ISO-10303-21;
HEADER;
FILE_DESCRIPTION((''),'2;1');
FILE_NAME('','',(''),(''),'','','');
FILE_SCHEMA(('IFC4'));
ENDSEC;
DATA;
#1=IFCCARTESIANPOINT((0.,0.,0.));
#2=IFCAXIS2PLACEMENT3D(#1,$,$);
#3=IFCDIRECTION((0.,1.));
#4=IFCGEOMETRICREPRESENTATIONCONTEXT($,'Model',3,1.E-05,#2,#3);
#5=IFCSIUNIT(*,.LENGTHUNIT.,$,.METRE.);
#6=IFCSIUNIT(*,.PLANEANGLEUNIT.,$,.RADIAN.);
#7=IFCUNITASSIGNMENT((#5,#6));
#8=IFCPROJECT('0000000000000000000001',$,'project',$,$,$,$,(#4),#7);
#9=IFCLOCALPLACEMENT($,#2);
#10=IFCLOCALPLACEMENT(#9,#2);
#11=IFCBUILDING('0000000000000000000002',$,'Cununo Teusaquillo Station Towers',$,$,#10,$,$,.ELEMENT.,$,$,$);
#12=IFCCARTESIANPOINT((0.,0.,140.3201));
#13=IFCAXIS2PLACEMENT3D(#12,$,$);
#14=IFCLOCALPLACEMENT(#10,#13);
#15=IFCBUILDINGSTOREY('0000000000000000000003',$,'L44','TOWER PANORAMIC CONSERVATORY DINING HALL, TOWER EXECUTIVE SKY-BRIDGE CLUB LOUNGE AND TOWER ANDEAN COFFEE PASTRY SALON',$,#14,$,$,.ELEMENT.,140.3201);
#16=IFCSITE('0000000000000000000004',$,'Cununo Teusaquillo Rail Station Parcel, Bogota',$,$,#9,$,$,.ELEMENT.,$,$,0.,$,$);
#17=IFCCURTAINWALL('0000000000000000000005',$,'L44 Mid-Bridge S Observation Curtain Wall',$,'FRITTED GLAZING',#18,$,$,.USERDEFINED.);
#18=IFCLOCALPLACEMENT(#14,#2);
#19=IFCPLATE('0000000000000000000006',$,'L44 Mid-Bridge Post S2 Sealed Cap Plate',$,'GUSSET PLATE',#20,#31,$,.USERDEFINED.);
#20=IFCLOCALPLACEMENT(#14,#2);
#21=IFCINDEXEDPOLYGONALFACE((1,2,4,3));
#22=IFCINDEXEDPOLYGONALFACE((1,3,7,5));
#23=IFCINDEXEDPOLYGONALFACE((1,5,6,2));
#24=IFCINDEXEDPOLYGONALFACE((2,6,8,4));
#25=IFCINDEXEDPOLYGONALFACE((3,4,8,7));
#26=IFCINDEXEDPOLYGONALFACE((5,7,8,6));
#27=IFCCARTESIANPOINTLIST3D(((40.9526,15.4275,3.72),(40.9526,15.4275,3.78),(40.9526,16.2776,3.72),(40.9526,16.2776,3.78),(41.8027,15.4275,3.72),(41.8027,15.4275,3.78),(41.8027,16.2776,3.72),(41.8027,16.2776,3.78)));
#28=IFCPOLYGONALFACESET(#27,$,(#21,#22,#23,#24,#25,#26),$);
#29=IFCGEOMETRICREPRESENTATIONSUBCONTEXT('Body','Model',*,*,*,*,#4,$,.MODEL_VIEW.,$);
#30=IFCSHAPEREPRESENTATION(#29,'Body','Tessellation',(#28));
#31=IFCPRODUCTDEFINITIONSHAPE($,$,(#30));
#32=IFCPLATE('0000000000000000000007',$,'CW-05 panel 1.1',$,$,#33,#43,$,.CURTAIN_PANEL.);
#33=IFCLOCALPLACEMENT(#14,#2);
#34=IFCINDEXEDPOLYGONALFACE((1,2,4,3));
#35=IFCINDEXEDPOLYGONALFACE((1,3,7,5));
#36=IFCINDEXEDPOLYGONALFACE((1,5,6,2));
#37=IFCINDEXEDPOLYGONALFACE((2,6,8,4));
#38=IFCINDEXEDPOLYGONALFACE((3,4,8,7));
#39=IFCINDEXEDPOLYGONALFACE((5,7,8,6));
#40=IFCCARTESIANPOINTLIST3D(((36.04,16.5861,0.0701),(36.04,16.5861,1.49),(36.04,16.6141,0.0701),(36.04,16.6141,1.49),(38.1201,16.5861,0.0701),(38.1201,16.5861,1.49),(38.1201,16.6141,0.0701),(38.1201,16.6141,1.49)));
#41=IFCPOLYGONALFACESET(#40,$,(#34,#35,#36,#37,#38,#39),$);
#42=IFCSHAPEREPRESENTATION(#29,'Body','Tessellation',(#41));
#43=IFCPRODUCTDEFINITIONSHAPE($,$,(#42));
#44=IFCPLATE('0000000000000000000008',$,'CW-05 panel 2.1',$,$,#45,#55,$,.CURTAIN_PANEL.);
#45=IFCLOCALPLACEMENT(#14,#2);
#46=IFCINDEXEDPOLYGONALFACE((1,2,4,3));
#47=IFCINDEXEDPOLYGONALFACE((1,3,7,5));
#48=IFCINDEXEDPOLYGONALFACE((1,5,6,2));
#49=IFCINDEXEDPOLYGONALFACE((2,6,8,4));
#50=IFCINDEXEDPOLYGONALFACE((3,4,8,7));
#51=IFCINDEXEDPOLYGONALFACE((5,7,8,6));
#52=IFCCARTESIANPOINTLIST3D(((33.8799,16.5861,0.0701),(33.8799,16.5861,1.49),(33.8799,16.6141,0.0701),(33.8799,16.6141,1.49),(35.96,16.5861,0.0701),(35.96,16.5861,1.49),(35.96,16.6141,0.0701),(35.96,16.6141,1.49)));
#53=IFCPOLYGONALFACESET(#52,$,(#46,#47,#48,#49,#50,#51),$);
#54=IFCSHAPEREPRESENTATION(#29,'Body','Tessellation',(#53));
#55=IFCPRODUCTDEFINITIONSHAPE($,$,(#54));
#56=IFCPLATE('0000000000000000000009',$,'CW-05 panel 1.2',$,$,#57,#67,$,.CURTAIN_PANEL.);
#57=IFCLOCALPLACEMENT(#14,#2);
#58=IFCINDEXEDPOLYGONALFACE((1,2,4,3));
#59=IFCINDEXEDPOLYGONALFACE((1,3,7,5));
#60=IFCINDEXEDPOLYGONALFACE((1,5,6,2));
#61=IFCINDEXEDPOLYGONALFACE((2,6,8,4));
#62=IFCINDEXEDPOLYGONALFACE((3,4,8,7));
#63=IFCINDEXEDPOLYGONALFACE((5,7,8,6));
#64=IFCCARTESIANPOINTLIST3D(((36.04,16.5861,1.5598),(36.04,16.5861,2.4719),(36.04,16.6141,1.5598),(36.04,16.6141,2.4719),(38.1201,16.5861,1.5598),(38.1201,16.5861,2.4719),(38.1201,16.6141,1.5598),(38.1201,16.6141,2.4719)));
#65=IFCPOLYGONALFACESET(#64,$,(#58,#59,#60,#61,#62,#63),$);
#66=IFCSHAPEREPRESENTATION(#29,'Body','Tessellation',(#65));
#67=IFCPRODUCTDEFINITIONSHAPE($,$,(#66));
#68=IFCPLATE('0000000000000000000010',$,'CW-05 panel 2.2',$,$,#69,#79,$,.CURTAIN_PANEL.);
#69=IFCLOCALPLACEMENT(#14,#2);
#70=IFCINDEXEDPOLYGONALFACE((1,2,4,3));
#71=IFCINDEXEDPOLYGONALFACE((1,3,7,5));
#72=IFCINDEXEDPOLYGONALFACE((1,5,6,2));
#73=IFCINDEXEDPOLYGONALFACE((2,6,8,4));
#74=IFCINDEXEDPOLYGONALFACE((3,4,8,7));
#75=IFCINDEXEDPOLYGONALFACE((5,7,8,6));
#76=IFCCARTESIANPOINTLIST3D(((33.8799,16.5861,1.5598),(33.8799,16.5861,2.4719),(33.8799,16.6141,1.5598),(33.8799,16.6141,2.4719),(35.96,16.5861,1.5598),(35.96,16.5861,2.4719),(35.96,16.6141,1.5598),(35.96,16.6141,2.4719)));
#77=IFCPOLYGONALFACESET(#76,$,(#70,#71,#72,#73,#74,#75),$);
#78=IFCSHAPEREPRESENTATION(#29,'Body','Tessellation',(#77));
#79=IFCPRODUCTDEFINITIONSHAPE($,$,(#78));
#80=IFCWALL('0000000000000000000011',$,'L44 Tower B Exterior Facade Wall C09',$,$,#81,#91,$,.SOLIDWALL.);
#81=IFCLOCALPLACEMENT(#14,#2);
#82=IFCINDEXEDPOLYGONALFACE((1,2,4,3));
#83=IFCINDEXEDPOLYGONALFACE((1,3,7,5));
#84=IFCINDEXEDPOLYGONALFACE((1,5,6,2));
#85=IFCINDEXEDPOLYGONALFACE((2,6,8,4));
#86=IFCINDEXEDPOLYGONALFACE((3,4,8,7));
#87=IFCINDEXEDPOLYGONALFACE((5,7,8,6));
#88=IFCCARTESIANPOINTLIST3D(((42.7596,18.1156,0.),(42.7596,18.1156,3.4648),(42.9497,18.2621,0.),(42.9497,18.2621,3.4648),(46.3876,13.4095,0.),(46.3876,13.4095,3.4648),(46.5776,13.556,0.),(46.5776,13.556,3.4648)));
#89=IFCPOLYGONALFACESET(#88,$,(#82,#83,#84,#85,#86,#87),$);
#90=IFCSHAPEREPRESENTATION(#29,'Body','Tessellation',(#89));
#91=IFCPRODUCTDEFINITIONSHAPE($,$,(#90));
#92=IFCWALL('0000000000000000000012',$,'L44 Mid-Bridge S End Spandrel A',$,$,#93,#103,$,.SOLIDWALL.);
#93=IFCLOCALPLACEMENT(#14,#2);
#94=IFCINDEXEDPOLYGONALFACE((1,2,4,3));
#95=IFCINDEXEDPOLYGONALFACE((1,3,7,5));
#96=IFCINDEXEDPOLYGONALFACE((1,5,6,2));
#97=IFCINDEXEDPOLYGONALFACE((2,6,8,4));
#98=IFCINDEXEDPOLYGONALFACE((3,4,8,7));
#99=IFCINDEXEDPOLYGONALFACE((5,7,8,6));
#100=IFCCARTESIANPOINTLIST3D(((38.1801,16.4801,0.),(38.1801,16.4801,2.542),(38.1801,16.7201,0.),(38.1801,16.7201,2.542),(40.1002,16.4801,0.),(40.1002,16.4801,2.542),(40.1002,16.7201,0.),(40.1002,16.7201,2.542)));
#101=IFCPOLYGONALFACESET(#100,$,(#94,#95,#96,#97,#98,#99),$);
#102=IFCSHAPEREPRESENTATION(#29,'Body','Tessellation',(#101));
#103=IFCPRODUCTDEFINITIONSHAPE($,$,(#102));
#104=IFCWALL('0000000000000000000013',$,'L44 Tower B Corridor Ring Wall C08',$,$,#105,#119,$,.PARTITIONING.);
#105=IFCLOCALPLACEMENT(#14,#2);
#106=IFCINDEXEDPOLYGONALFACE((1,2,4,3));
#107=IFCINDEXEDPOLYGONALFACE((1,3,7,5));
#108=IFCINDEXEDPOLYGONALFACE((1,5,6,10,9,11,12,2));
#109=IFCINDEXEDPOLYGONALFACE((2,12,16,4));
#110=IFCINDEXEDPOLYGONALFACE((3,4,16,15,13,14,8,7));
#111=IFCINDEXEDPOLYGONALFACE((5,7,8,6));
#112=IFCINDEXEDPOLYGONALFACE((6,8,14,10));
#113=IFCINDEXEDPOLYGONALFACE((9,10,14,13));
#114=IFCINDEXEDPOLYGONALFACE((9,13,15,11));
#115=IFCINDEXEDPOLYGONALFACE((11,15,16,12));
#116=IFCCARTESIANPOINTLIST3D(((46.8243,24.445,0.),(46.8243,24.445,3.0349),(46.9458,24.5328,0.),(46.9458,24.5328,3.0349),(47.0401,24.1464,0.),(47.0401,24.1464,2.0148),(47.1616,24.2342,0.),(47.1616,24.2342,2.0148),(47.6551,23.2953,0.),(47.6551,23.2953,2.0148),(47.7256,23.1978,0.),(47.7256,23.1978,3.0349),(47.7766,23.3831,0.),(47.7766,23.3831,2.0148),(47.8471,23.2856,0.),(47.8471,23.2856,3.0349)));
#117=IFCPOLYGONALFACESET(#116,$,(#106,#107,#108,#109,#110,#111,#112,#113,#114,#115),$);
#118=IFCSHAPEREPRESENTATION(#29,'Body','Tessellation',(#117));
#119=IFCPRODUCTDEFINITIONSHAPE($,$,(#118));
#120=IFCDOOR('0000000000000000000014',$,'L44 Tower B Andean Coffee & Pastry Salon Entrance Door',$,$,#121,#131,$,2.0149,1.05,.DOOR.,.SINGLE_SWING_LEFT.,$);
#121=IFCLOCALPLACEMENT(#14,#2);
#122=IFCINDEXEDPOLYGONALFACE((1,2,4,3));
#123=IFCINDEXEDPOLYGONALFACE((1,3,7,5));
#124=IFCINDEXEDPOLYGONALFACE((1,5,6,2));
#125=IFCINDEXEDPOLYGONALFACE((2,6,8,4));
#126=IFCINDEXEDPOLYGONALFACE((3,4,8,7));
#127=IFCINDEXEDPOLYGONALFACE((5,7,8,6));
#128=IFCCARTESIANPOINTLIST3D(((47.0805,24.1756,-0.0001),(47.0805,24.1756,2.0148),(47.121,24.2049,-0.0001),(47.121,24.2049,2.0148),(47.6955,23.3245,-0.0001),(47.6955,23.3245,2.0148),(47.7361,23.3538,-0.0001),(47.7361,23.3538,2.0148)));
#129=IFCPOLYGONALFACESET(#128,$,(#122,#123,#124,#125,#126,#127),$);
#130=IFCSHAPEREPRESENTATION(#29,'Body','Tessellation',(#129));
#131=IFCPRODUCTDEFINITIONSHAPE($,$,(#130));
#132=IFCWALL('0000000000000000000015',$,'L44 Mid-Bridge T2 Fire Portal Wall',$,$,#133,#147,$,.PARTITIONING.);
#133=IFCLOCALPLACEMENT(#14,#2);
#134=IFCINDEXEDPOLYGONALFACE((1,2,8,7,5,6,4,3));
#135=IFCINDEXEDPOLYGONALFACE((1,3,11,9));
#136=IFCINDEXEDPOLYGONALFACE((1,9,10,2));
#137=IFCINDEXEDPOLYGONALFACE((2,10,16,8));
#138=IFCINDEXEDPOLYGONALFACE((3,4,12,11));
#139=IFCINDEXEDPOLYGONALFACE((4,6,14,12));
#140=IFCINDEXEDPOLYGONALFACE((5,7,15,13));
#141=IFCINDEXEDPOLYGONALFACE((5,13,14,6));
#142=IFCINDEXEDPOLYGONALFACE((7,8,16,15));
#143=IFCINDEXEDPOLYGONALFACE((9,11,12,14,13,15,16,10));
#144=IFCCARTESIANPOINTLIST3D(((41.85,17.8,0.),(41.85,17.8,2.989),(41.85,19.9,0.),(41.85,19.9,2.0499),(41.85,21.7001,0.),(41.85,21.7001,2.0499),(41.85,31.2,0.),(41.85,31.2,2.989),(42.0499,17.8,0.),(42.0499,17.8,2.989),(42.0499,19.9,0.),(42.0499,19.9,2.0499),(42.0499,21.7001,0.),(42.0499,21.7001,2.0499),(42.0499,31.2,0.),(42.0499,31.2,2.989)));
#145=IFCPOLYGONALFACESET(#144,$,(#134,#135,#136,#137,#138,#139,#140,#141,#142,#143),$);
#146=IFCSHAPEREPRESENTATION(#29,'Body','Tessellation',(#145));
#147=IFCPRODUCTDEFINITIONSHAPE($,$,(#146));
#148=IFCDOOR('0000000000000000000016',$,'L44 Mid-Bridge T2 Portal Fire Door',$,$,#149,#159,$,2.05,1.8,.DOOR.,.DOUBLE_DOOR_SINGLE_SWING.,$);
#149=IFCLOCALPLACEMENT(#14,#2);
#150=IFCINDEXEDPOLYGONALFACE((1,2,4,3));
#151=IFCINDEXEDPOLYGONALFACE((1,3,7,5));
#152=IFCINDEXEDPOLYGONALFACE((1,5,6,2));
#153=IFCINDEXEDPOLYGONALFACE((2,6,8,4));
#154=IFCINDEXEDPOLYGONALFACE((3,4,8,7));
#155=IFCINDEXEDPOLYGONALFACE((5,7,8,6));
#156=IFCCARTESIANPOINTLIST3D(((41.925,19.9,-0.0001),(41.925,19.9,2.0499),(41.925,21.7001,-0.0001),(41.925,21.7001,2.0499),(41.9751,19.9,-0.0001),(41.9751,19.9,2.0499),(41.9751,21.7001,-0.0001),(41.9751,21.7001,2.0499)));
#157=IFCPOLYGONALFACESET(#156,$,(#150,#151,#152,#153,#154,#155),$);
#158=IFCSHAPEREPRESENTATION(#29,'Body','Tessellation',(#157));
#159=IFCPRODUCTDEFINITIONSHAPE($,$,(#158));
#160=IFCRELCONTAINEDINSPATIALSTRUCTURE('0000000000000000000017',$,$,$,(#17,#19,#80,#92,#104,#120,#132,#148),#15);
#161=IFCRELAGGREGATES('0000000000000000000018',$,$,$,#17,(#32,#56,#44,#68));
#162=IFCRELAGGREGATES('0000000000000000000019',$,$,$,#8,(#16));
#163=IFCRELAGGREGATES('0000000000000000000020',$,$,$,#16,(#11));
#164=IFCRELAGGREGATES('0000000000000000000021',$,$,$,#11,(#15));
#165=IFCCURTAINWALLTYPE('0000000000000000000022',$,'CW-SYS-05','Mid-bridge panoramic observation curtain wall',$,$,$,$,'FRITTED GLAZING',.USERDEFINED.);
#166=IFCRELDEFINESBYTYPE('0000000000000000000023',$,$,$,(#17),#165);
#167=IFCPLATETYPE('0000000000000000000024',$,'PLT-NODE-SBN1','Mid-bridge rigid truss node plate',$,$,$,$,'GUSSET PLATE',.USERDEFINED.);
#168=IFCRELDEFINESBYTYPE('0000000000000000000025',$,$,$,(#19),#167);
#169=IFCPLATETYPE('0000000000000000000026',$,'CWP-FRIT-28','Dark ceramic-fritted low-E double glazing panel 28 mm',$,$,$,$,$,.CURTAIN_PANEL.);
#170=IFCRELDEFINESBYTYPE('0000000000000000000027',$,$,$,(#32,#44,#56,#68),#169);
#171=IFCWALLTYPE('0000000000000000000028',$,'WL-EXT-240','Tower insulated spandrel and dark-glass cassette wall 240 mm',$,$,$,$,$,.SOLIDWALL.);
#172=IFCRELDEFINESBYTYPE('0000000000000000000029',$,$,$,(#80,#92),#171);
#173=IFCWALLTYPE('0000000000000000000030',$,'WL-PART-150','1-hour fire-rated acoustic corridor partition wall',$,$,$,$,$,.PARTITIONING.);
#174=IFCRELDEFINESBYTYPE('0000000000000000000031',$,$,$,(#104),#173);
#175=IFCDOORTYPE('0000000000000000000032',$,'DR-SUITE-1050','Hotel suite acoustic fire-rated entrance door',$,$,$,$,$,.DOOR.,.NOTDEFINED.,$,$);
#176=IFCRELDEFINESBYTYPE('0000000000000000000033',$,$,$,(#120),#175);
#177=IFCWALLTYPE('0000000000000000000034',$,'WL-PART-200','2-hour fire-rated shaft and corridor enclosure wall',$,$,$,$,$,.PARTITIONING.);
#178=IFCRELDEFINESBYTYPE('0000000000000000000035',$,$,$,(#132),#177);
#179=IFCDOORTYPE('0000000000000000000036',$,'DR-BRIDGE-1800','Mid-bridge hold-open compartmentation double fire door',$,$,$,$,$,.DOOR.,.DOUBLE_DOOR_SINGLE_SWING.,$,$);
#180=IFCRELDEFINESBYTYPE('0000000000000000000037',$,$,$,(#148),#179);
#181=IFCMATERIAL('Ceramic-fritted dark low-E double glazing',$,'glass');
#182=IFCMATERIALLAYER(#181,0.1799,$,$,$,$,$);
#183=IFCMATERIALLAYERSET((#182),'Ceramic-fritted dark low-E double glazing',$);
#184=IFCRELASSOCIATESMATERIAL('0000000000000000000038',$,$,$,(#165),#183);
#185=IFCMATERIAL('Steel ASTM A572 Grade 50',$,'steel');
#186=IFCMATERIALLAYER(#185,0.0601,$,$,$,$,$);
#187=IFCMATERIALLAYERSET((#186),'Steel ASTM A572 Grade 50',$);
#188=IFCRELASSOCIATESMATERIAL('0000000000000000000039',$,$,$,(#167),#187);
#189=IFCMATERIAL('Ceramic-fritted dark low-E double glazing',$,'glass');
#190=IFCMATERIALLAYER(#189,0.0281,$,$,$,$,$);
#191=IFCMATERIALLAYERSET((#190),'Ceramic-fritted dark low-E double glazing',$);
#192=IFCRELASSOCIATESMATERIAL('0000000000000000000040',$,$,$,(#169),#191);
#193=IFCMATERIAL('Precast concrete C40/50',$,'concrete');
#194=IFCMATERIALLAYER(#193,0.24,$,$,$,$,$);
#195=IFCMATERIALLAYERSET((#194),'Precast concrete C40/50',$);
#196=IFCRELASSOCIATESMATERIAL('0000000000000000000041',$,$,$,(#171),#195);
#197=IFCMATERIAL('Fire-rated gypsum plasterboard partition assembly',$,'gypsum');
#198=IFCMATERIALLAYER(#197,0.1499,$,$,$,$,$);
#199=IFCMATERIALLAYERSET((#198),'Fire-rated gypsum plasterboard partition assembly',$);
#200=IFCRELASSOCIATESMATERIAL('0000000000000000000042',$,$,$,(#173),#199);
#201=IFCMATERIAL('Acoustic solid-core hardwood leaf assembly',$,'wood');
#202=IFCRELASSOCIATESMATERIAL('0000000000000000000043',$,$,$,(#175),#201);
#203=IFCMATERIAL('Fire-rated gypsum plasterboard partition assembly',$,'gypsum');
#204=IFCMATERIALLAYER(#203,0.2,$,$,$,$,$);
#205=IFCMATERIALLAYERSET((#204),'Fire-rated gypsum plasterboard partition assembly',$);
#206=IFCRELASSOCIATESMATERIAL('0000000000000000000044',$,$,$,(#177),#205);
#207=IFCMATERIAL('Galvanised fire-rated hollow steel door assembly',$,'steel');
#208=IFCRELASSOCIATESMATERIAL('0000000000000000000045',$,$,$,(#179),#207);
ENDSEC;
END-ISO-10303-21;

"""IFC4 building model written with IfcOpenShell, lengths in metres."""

from ifc_helpers import new_model, si_unit, direction, frame, frame_2d, origin, origin_2d, place, context, subcontext, project, spatial, rectangle, extrude, source, transform, mapped, material, layer, layer_set, type_object, element, fill, aggregate, save


model = new_model("IFC4")

# Units and contexts
model_context = context("Model", 3, precision=1e-05, world=origin(), true_north=direction((0.0, 1.0)))
body_context = subcontext(model_context, "Body", "Model", "MODEL_VIEW")
ifc_project = project(units=[si_unit("LENGTHUNIT", "METRE"), si_unit("PLANEANGLEUNIT", "RADIAN")], contexts=[model_context])

# Site, building, storey
site_placement = place(None, origin())
site = spatial("IfcSite", under=ifc_project, at=site_placement, Name="Cununo Teusaquillo Rail Station Parcel, Bogota", CompositionType="ELEMENT", RefElevation=0.0)
building_placement = place(site_placement, origin())
building = spatial("IfcBuilding", under=site, at=building_placement, Name="Cununo Teusaquillo Station Towers", CompositionType="ELEMENT")
storey_placement = place(building_placement, frame((0.0, 0.0, 140.3201)))
storey = spatial("IfcBuildingStorey", under=building, at=storey_placement, Name="L44", Description="TOWER PANORAMIC CONSERVATORY DINING HALL, TOWER EXECUTIVE SKY-BRIDGE CLUB LOUNGE AND TOWER ANDEAN COFFEE PASTRY SALON", CompositionType="ELEMENT", Elevation=140.3201)

# Curtain wall
ifc_material_1 = material(Name="Ceramic-fritted dark low-E double glazing", Category="glass")
ifc_layer_1 = layer(ifc_material_1, 0.1799)
ifc_layer_set_1 = layer_set([ifc_layer_1], Name="Ceramic-fritted dark low-E double glazing")
curtain_wall_type = type_object("IfcCurtainWallType", Name="CW-SYS-05", Description="Mid-bridge panoramic observation curtain wall", ElementType="FRITTED GLAZING", PredefinedType="USERDEFINED", material=ifc_layer_set_1)
curtain_wall_placement = place(storey_placement, origin())
curtain_wall = element("IfcCurtainWall", 1, at=curtain_wall_placement, inside=storey, type_object=curtain_wall_type, Name="L44 Mid-Bridge S Observation Curtain Wall", ObjectType="FRITTED GLAZING", PredefinedType="USERDEFINED")

# Plate
ifc_material_2 = material(Name="Steel ASTM A572 Grade 50", Category="steel")
ifc_layer_2 = layer(ifc_material_2, 0.0601)
ifc_layer_set_2 = layer_set([ifc_layer_2], Name="Steel ASTM A572 Grade 50")
plate_type_1 = type_object("IfcPlateType", Name="PLT-NODE-SBN1", Description="Mid-bridge rigid truss node plate", ElementType="GUSSET PLATE", PredefinedType="USERDEFINED", material=ifc_layer_set_2)
shared_shape_1 = source(origin(), body_context, "Body", "SweptSolid", [
    extrude(rectangle(XDim=0.8501, YDim=0.8501, at=origin_2d()), origin(), (0.0, 0.0, 1.0), 0.0601),
])
plate_1_placement = place(storey_placement, frame((41.3777, 15.8525, 3.72), z_axis=(0.0, 0.0, 1.0), x_axis=(1.0, 0.0, 0.0)))
element("IfcPlate", 2, at=plate_1_placement, inside=storey, type_object=plate_type_1, Name="L44 Mid-Bridge Post S2 Sealed Cap Plate", ObjectType="GUSSET PLATE", PredefinedType="USERDEFINED", context=body_context, shape_type="MappedRepresentation", body=[
    mapped(shared_shape_1, transform((0.0, 0.0, 0.0), x_axis=(1.0, 0.0, 0.0), y_axis=(0.0, 1.0, 0.0), z_axis=(0.0, 0.0, 1.0), scale=1.0)),
])

# Plates
ifc_material_3 = material(Name="Ceramic-fritted dark low-E double glazing", Category="glass")
ifc_layer_3 = layer(ifc_material_3, 0.0281)
ifc_layer_set_3 = layer_set([ifc_layer_3], Name="Ceramic-fritted dark low-E double glazing")
plate_type_2 = type_object("IfcPlateType", Name="CWP-FRIT-28", Description="Dark ceramic-fritted low-E double glazing panel 28 mm", PredefinedType="CURTAIN_PANEL", material=ifc_layer_set_3)
shared_shape_2 = source(origin(), body_context, "Body", "SweptSolid", [
    extrude(rectangle(XDim=2.0801, YDim=0.0281, at=origin_2d()), origin(), (0.0, 0.0, 1.0), 1.4199),
])
plate_2_placement = place(storey_placement, frame((37.0801, 16.6001, 0.0701), z_axis=(0.0, 0.0, 1.0), x_axis=(-1.0, 0.0, 0.0)))
plate_2 = element("IfcPlate", 3, at=plate_2_placement, type_object=plate_type_2, Name="CW-05 panel 1.1", PredefinedType="CURTAIN_PANEL", context=body_context, shape_type="MappedRepresentation", body=[
    mapped(shared_shape_2, transform((0.0, 0.0, 0.0), x_axis=(1.0, 0.0, 0.0), y_axis=(0.0, 1.0, 0.0), z_axis=(0.0, 0.0, 1.0), scale=1.0)),
])
plate_3_placement = place(storey_placement, frame((34.9199, 16.6001, 0.0701), z_axis=(0.0, 0.0, 1.0), x_axis=(-1.0, 0.0, 0.0)))
plate_3 = element("IfcPlate", 4, at=plate_3_placement, type_object=plate_type_2, Name="CW-05 panel 2.1", PredefinedType="CURTAIN_PANEL", context=body_context, shape_type="MappedRepresentation", body=[
    mapped(shared_shape_2, transform((0.0, 0.0, 0.0), x_axis=(1.0, 0.0, 0.0), y_axis=(0.0, 1.0, 0.0), z_axis=(0.0, 0.0, 1.0), scale=1.0)),
])
shared_shape_3 = source(origin(), body_context, "Body", "SweptSolid", [
    extrude(rectangle(XDim=2.0801, YDim=0.0281, at=origin_2d()), origin(), (0.0, 0.0, 1.0), 0.9121),
])
plate_4_placement = place(storey_placement, frame((37.0801, 16.6001, 1.5598), z_axis=(0.0, 0.0, 1.0), x_axis=(-1.0, 0.0, 0.0)))
plate_4 = element("IfcPlate", 5, at=plate_4_placement, type_object=plate_type_2, Name="CW-05 panel 1.2", PredefinedType="CURTAIN_PANEL", context=body_context, shape_type="MappedRepresentation", body=[
    mapped(shared_shape_3, transform((0.0, 0.0, 0.0), x_axis=(1.0, 0.0, 0.0), y_axis=(0.0, 1.0, 0.0), z_axis=(0.0, 0.0, 1.0), scale=1.0)),
])
plate_5_placement = place(storey_placement, frame((34.9199, 16.6001, 1.5598), z_axis=(0.0, 0.0, 1.0), x_axis=(-1.0, 0.0, 0.0)))
plate_5 = element("IfcPlate", 6, at=plate_5_placement, type_object=plate_type_2, Name="CW-05 panel 2.2", PredefinedType="CURTAIN_PANEL", context=body_context, shape_type="MappedRepresentation", body=[
    mapped(shared_shape_3, transform((0.0, 0.0, 0.0), x_axis=(1.0, 0.0, 0.0), y_axis=(0.0, 1.0, 0.0), z_axis=(0.0, 0.0, 1.0), scale=1.0)),
])
aggregate(curtain_wall, [plate_2, plate_4, plate_3, plate_5])

# Walls
ifc_material_4 = material(Name="Precast concrete C40/50", Category="concrete")
ifc_layer_4 = layer(ifc_material_4, 0.24)
ifc_layer_set_4 = layer_set([ifc_layer_4], Name="Precast concrete C40/50")
wall_type_1 = type_object("IfcWallType", Name="WL-EXT-240", Description="Tower insulated spandrel and dark-glass cassette wall 240 mm", PredefinedType="SOLIDWALL", material=ifc_layer_set_4)
wall_1_placement = place(storey_placement, frame((46.4827, 13.4827, 0.0), z_axis=(0.0, 0.0, 1.0), x_axis=(-0.610544, 0.791982, 0.0)))
element("IfcWall", 7, at=wall_1_placement, inside=storey, type_object=wall_type_1, Name="L44 Tower B Exterior Facade Wall C09", PredefinedType="SOLIDWALL", context=body_context, shape_type="SweptSolid", body=[
    extrude(rectangle(XDim=5.9421, YDim=0.24, at=frame_2d((2.9712, 0.0))), origin(), (0.0, 0.0, 1.0), 3.4648),
])
wall_2_placement = place(storey_placement, frame((40.1001, 16.6001, 0.0), z_axis=(0.0, 0.0, 1.0), x_axis=(-1.0, 0.0, 0.0)))
element("IfcWall", 8, at=wall_2_placement, inside=storey, type_object=wall_type_1, Name="L44 Mid-Bridge S End Spandrel A", PredefinedType="SOLIDWALL", context=body_context, shape_type="SweptSolid", body=[
    extrude(rectangle(XDim=1.9202, YDim=0.24, at=frame_2d((0.96, 0.0))), origin(), (0.0, 0.0, 1.0), 2.542),
])

# Walls, openings, doors
ifc_material_5 = material(Name="Fire-rated gypsum plasterboard partition assembly", Category="gypsum")
ifc_layer_5 = layer(ifc_material_5, 0.1499)
ifc_layer_set_5 = layer_set([ifc_layer_5], Name="Fire-rated gypsum plasterboard partition assembly")
wall_type_2 = type_object("IfcWallType", Name="WL-PART-150", Description="1-hour fire-rated acoustic corridor partition wall", PredefinedType="PARTITIONING", material=ifc_layer_set_5)
wall_3_placement = place(storey_placement, frame((46.885, 24.489, 0.0), z_axis=(0.0, 0.0, 1.0), x_axis=(0.585716, -0.810516, 0.0)))
wall_3 = element("IfcWall", 9, at=wall_3_placement, inside=storey, type_object=wall_type_2, Name="L44 Tower B Corridor Ring Wall C08", PredefinedType="PARTITIONING", context=body_context, shape_type="SweptSolid", body=[
    extrude(rectangle(XDim=1.5388, YDim=0.1499, at=frame_2d((0.7695, 0.0))), origin(), (0.0, 0.0, 1.0), 3.0349),
])
shared_shape_4 = source(origin(), body_context, "Body", "SweptSolid", [
    extrude(rectangle(XDim=1.05, YDim=2.0149, at=frame_2d((0.5249, 1.0073))), frame((0.0, 0.085, 0.0), z_axis=(0.0, -1.0, 0.0), x_axis=(1.0, 0.0, 0.0)), (0.0, 0.0, 1.0), 0.1699),
])
opening_1_placement = place(wall_3_placement, frame((0.3687, 0.0, 0.0)))
opening_1 = element("IfcOpeningElement", 10, at=opening_1_placement, cuts=wall_3, PredefinedType="OPENING", context=body_context, shape_type="MappedRepresentation", body=[
    mapped(shared_shape_4, transform((0.0, 0.0, 0.0), x_axis=(1.0, 0.0, 0.0), y_axis=(0.0, 1.0, 0.0), z_axis=(0.0, 0.0, 1.0), scale=1.0)),
])
ifc_material_6 = material(Name="Acoustic solid-core hardwood leaf assembly", Category="wood")
door_type_1 = type_object("IfcDoorType", Name="DR-SUITE-1050", Description="Hotel suite acoustic fire-rated entrance door", OperationType="NOTDEFINED", PredefinedType="DOOR", material=ifc_material_6)
shared_shape_5 = source(origin(), body_context, "Body", "SweptSolid", [
    extrude(rectangle(XDim=1.05, YDim=2.0149, at=frame_2d((0.5249, 1.0073))), frame((0.0, 0.0249, 0.0), z_axis=(0.0, -1.0, 0.0), x_axis=(1.0, 0.0, 0.0)), (0.0, 0.0, 1.0), 0.05),
])
door_1_placement = place(opening_1_placement, origin())
door_1 = element("IfcDoor", 11, at=door_1_placement, inside=storey, type_object=door_type_1, Name="L44 Tower B Andean Coffee & Pastry Salon Entrance Door", OperationType="SINGLE_SWING_LEFT", OverallHeight=2.0149, OverallWidth=1.05, PredefinedType="DOOR", context=body_context, shape_type="MappedRepresentation", body=[
    mapped(shared_shape_5, transform((0.0, 0.0, 0.0), x_axis=(1.0, 0.0, 0.0), y_axis=(0.0, 1.0, 0.0), z_axis=(0.0, 0.0, 1.0), scale=1.0)),
])
fill(opening_1, door_1)
ifc_material_7 = material(Name="Fire-rated gypsum plasterboard partition assembly", Category="gypsum")
ifc_layer_6 = layer(ifc_material_7, 0.2)
ifc_layer_set_6 = layer_set([ifc_layer_6], Name="Fire-rated gypsum plasterboard partition assembly")
wall_type_3 = type_object("IfcWallType", Name="WL-PART-200", Description="2-hour fire-rated shaft and corridor enclosure wall", PredefinedType="PARTITIONING", material=ifc_layer_set_6)
wall_4_placement = place(storey_placement, frame((41.95, 17.8, 0.0), z_axis=(0.0, 0.0, 1.0), x_axis=(0.0, 1.0, 0.0)))
wall_4 = element("IfcWall", 12, at=wall_4_placement, inside=storey, type_object=wall_type_3, Name="L44 Mid-Bridge T2 Fire Portal Wall", PredefinedType="PARTITIONING", context=body_context, shape_type="SweptSolid", body=[
    extrude(rectangle(XDim=13.3999, YDim=0.2, at=frame_2d((6.7, 0.0))), origin(), (0.0, 0.0, 1.0), 2.989),
])
shared_shape_6 = source(origin(), body_context, "Body", "SweptSolid", [
    extrude(rectangle(XDim=1.8, YDim=2.05, at=frame_2d((0.8999, 1.0249))), frame((0.0, 0.1099, 0.0), z_axis=(0.0, -1.0, 0.0), x_axis=(1.0, 0.0, 0.0)), (0.0, 0.0, 1.0), 0.22),
])
opening_2_placement = place(wall_4_placement, frame((2.1001, 0.0, 0.0)))
opening_2 = element("IfcOpeningElement", 13, at=opening_2_placement, cuts=wall_4, PredefinedType="OPENING", context=body_context, shape_type="MappedRepresentation", body=[
    mapped(shared_shape_6, transform((0.0, 0.0, 0.0), x_axis=(1.0, 0.0, 0.0), y_axis=(0.0, 1.0, 0.0), z_axis=(0.0, 0.0, 1.0), scale=1.0)),
])
ifc_material_8 = material(Name="Galvanised fire-rated hollow steel door assembly", Category="steel")
door_type_2 = type_object("IfcDoorType", Name="DR-BRIDGE-1800", Description="Mid-bridge hold-open compartmentation double fire door", OperationType="DOUBLE_DOOR_SINGLE_SWING", PredefinedType="DOOR", material=ifc_material_8)
shared_shape_7 = source(origin(), body_context, "Body", "SweptSolid", [
    extrude(rectangle(XDim=1.8, YDim=2.05, at=frame_2d((0.8999, 1.0249))), frame((0.0, 0.0249, 0.0), z_axis=(0.0, -1.0, 0.0), x_axis=(1.0, 0.0, 0.0)), (0.0, 0.0, 1.0), 0.05),
])
door_2_placement = place(opening_2_placement, origin())
door_2 = element("IfcDoor", 14, at=door_2_placement, inside=storey, type_object=door_type_2, Name="L44 Mid-Bridge T2 Portal Fire Door", OperationType="DOUBLE_DOOR_SINGLE_SWING", OverallHeight=2.05, OverallWidth=1.8, PredefinedType="DOOR", context=body_context, shape_type="MappedRepresentation", body=[
    mapped(shared_shape_7, transform((0.0, 0.0, 0.0), x_axis=(1.0, 0.0, 0.0), y_axis=(0.0, 1.0, 0.0), z_axis=(0.0, 0.0, 1.0), scale=1.0)),
])
fill(opening_2, door_2)

save(model, "model.ifc")
